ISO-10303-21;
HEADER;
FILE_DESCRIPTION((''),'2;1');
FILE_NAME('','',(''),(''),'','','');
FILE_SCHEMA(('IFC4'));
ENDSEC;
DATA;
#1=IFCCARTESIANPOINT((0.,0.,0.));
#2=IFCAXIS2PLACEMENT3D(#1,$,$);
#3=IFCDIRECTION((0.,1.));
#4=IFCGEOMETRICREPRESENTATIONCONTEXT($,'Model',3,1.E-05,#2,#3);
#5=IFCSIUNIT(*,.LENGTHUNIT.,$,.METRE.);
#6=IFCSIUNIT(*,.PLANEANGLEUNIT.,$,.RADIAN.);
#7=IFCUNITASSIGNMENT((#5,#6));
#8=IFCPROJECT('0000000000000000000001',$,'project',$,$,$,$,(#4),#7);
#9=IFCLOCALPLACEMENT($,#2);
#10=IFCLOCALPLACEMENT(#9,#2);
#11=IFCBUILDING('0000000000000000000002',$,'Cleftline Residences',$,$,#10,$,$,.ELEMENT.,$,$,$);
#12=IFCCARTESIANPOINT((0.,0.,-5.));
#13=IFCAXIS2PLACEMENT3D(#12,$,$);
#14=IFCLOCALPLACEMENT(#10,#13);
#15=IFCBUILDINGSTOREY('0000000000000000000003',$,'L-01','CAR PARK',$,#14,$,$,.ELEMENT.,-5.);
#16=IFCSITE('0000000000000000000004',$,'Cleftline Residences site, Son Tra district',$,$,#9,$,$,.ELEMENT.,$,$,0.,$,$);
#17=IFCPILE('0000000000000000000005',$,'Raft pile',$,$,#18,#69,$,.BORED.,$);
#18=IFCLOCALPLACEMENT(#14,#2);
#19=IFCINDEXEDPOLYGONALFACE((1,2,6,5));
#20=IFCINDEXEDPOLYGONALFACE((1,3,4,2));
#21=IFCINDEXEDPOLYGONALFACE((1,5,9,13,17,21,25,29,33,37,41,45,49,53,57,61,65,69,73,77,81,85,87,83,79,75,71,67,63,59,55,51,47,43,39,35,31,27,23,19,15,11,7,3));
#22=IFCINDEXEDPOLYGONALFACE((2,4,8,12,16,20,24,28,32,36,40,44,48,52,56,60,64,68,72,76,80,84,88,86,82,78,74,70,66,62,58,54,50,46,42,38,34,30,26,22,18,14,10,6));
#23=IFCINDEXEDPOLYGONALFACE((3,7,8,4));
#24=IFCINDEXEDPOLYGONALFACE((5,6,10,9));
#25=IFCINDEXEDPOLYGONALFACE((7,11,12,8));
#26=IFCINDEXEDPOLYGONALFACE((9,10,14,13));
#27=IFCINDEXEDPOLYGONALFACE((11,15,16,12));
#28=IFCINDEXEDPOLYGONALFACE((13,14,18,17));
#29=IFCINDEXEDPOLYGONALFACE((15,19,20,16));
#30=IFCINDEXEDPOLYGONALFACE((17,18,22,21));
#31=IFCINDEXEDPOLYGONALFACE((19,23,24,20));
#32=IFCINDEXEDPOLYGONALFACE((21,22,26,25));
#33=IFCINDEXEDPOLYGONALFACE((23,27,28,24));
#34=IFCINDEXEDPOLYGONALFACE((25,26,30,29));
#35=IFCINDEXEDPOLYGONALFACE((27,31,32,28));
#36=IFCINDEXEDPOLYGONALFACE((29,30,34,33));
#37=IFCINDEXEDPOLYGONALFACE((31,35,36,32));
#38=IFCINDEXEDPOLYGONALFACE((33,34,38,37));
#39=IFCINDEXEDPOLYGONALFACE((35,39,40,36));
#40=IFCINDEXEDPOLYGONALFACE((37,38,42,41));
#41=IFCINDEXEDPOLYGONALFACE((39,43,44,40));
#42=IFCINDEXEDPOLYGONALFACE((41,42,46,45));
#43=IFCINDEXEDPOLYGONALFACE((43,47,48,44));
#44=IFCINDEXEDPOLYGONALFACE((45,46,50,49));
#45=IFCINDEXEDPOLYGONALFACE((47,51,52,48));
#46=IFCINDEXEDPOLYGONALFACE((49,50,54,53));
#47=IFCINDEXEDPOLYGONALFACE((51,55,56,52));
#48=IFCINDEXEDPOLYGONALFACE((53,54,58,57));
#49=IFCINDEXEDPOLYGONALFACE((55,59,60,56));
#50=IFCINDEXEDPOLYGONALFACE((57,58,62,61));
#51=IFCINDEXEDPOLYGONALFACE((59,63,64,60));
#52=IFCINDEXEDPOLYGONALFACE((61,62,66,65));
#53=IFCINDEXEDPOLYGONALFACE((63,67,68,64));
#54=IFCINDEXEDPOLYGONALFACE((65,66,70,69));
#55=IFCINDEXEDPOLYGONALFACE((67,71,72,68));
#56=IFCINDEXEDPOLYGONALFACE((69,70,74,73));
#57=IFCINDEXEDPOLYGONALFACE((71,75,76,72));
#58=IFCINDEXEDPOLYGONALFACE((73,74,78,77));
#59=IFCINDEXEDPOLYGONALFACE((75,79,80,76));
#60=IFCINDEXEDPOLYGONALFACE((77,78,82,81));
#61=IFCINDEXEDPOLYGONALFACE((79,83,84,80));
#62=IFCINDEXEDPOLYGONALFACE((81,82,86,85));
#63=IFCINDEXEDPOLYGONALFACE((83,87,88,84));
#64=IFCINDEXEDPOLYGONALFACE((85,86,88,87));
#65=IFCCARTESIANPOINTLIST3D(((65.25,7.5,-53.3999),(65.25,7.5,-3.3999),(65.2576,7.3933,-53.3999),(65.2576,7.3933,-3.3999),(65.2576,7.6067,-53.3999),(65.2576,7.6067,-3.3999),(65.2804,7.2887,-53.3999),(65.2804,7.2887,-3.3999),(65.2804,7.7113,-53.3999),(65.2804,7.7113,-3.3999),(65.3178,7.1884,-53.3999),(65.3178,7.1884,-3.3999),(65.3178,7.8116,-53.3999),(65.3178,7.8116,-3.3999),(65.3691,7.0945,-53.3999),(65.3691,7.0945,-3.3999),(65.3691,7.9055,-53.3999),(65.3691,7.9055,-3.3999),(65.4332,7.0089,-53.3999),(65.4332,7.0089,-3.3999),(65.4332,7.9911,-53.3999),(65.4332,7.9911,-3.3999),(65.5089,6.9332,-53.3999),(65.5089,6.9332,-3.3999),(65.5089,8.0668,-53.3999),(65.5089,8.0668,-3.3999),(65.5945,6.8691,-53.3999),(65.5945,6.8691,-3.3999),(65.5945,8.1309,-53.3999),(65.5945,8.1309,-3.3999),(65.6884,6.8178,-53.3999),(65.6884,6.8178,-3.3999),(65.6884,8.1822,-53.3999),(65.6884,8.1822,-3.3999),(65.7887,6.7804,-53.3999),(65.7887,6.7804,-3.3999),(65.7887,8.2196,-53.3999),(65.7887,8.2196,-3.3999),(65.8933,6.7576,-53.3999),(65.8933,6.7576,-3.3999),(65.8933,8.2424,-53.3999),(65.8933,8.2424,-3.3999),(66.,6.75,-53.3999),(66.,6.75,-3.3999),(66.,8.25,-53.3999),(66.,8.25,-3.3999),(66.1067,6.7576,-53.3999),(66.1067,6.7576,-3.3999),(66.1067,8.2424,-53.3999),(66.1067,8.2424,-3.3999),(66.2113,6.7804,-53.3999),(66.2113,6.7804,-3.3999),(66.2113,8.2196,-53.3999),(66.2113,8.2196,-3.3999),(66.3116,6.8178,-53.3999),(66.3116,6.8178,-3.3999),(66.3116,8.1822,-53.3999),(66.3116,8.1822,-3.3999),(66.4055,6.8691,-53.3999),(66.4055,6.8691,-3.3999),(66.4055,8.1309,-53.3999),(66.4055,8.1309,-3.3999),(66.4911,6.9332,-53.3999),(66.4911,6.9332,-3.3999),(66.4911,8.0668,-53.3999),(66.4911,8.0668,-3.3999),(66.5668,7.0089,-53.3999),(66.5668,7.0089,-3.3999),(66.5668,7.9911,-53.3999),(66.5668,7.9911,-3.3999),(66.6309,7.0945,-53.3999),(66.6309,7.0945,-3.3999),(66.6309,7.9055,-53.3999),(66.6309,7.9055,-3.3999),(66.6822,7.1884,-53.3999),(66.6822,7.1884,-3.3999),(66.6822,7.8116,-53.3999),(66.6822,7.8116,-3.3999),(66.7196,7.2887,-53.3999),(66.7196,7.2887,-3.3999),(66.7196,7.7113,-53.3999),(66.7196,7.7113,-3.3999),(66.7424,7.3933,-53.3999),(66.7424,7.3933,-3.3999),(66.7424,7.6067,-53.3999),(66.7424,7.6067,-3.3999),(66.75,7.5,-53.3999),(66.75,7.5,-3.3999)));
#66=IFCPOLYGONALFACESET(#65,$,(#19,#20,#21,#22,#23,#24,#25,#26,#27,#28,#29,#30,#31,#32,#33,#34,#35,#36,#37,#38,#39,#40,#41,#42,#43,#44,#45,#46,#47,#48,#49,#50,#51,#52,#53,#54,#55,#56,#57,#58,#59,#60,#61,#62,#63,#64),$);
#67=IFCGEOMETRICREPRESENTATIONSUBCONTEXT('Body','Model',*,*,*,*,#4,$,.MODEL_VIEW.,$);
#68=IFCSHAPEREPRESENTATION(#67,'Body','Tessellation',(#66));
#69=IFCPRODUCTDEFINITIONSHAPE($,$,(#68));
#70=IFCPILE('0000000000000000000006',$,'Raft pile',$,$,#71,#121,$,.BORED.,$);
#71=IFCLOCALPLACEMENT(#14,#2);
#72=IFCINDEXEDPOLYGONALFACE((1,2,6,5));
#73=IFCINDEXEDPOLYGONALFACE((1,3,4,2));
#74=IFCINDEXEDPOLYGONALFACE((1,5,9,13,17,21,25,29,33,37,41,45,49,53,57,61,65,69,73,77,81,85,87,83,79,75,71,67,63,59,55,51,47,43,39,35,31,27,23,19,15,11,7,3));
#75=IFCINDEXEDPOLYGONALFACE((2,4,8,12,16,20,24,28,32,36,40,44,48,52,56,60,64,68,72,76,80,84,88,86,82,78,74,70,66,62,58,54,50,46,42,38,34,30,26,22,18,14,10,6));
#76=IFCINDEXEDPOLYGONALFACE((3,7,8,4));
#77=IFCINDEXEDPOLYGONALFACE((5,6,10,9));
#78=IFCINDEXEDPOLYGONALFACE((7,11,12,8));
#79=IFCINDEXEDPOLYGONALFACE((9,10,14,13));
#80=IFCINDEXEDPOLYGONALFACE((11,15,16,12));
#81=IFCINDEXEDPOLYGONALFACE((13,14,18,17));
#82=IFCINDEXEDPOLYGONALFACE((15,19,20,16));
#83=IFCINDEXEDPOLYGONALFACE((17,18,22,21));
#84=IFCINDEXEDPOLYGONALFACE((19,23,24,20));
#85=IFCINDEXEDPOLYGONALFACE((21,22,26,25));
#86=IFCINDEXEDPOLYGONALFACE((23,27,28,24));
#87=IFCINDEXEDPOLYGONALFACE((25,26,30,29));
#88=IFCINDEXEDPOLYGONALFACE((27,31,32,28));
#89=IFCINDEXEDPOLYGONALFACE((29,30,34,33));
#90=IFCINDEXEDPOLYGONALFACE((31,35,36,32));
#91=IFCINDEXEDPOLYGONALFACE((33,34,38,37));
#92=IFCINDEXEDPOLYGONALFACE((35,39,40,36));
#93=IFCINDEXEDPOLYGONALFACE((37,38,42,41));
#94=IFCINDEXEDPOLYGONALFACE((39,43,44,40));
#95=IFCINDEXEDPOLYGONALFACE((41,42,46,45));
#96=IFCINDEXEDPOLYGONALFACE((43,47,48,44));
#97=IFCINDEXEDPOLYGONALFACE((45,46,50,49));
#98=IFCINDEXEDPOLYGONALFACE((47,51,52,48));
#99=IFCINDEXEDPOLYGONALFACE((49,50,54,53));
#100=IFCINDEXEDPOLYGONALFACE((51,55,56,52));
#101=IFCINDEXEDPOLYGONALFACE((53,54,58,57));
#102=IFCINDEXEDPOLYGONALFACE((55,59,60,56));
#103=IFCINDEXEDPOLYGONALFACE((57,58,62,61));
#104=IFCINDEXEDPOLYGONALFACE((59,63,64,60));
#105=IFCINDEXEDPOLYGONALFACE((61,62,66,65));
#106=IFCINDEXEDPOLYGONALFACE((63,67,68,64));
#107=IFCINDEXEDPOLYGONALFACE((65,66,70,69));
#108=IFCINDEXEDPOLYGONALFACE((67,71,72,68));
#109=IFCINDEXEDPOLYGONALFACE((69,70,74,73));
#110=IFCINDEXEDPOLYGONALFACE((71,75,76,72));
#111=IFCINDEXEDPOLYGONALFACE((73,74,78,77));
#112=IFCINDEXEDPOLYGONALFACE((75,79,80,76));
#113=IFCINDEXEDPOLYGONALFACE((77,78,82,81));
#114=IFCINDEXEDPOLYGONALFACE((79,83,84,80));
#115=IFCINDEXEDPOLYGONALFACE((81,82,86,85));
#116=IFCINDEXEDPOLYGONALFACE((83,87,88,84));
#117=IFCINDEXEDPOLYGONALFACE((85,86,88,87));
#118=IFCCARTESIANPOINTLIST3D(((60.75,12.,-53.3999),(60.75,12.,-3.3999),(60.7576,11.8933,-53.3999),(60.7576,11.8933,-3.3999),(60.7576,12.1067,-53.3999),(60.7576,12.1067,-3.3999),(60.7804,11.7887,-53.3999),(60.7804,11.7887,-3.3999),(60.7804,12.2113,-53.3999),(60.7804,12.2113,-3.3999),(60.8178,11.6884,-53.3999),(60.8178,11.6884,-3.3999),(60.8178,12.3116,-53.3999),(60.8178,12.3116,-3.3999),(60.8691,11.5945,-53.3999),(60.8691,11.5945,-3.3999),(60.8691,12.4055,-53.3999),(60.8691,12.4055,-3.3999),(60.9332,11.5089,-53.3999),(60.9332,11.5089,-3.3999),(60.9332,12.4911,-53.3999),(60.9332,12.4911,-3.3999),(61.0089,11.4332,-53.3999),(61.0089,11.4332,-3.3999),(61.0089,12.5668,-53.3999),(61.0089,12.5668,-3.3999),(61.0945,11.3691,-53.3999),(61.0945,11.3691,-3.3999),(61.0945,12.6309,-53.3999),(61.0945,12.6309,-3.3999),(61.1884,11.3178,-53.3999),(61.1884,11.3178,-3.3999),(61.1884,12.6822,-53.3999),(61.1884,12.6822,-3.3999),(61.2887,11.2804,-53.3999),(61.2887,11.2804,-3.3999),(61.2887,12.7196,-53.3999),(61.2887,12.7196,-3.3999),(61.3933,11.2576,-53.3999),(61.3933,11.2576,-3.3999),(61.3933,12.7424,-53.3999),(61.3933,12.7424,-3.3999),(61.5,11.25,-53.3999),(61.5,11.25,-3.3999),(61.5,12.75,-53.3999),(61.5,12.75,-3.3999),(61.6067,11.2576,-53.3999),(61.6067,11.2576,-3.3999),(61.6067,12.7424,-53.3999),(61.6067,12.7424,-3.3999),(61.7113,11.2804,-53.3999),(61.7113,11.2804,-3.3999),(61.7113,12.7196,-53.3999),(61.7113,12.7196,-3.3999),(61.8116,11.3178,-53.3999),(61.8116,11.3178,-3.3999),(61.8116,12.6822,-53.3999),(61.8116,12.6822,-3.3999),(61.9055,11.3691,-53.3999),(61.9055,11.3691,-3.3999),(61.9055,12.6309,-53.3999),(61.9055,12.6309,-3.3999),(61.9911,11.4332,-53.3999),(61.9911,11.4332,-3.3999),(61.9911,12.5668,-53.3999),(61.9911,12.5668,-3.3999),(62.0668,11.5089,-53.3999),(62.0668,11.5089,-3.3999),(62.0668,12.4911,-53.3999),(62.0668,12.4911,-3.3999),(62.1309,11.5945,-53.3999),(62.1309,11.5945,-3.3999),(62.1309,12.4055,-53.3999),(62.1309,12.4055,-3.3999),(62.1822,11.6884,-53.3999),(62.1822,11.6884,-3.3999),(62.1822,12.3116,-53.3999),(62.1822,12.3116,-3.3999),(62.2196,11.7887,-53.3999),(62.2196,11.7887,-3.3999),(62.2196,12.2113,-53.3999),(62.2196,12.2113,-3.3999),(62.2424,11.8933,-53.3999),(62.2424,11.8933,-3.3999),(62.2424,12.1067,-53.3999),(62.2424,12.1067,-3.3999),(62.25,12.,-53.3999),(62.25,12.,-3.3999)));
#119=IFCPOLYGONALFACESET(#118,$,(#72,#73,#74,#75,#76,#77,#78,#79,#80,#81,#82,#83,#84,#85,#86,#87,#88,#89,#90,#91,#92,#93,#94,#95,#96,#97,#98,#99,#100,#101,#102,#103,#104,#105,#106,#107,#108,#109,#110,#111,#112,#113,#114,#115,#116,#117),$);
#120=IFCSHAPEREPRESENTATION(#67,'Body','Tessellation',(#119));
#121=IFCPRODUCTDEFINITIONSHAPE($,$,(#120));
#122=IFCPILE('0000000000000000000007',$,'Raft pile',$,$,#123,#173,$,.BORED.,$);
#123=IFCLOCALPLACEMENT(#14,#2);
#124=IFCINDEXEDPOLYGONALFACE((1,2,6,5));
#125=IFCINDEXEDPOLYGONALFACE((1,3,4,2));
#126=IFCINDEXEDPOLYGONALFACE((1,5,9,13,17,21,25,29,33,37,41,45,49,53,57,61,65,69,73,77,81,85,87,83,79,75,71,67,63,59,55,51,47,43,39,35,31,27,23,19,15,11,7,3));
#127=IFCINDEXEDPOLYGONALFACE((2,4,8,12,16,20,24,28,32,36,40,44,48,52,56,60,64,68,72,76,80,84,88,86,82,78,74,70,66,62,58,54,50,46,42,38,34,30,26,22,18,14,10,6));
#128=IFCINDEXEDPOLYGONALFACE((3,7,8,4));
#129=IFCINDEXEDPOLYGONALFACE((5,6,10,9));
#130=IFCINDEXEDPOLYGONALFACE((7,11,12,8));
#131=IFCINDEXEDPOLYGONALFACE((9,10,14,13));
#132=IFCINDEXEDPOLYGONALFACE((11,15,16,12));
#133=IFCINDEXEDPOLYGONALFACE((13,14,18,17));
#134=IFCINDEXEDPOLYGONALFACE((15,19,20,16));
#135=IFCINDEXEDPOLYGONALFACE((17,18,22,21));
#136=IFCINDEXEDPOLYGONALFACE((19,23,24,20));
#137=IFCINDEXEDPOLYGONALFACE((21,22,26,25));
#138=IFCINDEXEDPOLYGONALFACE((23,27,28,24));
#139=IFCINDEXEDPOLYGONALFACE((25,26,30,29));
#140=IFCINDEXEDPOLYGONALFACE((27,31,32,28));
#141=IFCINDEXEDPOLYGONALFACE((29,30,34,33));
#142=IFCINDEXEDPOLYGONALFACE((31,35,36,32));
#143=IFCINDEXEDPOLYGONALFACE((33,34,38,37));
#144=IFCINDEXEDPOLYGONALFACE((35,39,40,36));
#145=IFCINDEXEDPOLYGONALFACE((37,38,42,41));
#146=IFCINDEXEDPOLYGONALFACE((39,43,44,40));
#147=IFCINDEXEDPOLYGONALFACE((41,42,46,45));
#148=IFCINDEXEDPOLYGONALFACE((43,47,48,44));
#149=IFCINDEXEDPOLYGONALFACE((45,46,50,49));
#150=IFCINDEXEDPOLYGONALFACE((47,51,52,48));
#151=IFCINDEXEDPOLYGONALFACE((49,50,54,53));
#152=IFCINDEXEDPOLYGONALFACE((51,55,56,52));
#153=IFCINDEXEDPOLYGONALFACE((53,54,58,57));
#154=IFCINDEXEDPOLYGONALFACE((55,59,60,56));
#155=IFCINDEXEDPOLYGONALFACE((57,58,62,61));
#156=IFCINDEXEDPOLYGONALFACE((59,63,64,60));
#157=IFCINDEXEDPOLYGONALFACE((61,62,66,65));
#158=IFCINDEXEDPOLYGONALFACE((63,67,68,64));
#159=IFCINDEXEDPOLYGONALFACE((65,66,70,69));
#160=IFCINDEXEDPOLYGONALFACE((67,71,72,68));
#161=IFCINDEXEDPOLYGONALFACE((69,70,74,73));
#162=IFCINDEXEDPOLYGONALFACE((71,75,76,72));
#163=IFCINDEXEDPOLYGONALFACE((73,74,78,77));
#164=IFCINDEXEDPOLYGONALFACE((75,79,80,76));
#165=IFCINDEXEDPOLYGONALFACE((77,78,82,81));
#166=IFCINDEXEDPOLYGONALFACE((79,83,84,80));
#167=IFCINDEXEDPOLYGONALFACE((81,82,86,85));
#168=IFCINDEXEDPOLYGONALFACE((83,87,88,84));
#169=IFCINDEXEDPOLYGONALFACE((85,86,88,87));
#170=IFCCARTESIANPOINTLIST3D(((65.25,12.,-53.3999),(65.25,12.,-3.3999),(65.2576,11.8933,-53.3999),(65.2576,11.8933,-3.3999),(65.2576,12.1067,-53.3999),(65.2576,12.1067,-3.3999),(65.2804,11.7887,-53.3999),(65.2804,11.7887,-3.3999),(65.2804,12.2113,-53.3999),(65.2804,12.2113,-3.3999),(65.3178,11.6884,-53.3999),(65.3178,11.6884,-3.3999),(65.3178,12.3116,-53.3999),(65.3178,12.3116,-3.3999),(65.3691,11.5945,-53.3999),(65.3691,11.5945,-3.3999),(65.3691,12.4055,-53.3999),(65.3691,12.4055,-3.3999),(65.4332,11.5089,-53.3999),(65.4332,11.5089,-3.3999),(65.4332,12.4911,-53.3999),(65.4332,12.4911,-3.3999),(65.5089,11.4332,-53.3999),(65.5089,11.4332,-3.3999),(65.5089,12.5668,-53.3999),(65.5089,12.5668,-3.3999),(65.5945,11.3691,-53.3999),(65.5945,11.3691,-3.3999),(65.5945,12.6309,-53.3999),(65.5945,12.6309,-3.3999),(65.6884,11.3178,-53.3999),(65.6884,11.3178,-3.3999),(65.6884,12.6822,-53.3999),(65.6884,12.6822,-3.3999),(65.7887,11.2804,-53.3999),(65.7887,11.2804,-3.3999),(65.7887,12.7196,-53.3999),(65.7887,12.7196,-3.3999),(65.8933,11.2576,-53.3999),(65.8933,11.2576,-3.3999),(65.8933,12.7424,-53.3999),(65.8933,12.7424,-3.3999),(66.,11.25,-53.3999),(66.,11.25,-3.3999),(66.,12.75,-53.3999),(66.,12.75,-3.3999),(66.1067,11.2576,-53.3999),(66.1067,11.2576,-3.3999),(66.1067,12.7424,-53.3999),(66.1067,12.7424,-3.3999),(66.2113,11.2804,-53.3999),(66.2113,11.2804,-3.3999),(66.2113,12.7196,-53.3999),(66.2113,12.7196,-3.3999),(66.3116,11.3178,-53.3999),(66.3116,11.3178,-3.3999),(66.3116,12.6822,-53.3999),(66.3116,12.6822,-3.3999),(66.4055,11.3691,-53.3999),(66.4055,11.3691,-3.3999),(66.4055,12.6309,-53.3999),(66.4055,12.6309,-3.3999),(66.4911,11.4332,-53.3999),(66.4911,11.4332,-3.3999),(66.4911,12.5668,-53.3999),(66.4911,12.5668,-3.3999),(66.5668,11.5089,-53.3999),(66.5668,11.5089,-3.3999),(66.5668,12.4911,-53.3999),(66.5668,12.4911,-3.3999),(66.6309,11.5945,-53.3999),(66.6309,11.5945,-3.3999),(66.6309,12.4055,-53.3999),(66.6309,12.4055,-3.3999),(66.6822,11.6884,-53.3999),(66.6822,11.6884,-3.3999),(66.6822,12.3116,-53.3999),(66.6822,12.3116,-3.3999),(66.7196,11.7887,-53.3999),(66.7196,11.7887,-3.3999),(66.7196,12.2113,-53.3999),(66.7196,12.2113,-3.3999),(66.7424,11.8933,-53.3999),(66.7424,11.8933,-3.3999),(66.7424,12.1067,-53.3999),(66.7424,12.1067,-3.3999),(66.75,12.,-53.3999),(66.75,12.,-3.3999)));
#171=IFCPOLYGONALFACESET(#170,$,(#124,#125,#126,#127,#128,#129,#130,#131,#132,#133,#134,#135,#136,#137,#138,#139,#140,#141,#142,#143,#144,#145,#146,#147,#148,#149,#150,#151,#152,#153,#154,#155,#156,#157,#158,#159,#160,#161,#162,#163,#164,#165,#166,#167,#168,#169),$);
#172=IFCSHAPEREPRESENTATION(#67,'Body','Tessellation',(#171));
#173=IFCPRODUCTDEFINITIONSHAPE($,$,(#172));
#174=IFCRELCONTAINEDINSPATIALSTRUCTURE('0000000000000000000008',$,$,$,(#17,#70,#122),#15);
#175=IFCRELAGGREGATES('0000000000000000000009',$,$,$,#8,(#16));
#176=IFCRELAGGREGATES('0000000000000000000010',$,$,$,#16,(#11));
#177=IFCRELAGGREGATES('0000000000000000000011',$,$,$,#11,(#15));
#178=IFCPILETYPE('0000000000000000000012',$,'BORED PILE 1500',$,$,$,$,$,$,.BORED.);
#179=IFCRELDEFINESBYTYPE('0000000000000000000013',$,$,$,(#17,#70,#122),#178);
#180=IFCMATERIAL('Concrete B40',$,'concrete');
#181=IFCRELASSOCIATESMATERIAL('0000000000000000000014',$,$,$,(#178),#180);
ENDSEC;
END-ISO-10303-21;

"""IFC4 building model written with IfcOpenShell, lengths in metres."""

from ifc_helpers import new_model, si_unit, direction, frame, origin, origin_2d, place, context, subcontext, project, spatial, circle, extrude, material, material_profile, profile_set, type_object, element, save


model = new_model("IFC4")

# Units and contexts
model_context = context("Model", 3, precision=1e-05, world=origin(), true_north=direction((0.0, 1.0)))
body_context = subcontext(model_context, "Body", "Model", "MODEL_VIEW")
ifc_project = project(units=[si_unit("LENGTHUNIT", "METRE"), si_unit("PLANEANGLEUNIT", "RADIAN")], contexts=[model_context])

# Site, building, storey
site_placement = place(None, origin())
site = spatial("IfcSite", under=ifc_project, at=site_placement, Name="Cleftline Residences site, Son Tra district", CompositionType="ELEMENT", RefElevation=0.0)
building_placement = place(site_placement, origin())
building = spatial("IfcBuilding", under=site, at=building_placement, Name="Cleftline Residences", CompositionType="ELEMENT")
storey_placement = place(building_placement, frame((0.0, 0.0, -5.0)))
storey = spatial("IfcBuildingStorey", under=building, at=storey_placement, Name="L-01", Description="CAR PARK", CompositionType="ELEMENT", Elevation=-5.0)

# Piles
ifc_material_1 = material(Name="Concrete B40", Category="concrete")
ifc_material_profile_1 = material_profile(ifc_material_1, circle(Radius=0.75, at=origin_2d()))
ifc_profile_set_1 = profile_set([ifc_material_profile_1], Name="Concrete B40")
pile_type_1 = type_object("IfcPileType", Name="BORED PILE 1500", PredefinedType="BORED", material=ifc_profile_set_1)
for number, where, z_axis, x_axis, name in (
    (1, (66.0, 7.5, -3.3999), (0.0, 0.0, -1.0), (1.0, 0.0, 0.0), "Raft pile"),
    (2, (61.5, 12.0, -3.3999), (0.0, 0.0, -1.0), (1.0, 0.0, 0.0), "Raft pile"),
    (3, (66.0, 12.0, -3.3999), (0.0, 0.0, -1.0), (1.0, 0.0, 0.0), "Raft pile"),
):
    element("IfcPile", number, at=place(storey_placement, frame(where, z_axis=z_axis, x_axis=x_axis)), inside=storey, type_object=pile_type_1, Name=name, PredefinedType="BORED", context=body_context, shape_type="SweptSolid", body=[
        extrude(circle(Radius=0.75, at=origin_2d()), origin(), (0.0, 0.0, 1.0), 50.0),
    ])

save(model, "model.ifc")
